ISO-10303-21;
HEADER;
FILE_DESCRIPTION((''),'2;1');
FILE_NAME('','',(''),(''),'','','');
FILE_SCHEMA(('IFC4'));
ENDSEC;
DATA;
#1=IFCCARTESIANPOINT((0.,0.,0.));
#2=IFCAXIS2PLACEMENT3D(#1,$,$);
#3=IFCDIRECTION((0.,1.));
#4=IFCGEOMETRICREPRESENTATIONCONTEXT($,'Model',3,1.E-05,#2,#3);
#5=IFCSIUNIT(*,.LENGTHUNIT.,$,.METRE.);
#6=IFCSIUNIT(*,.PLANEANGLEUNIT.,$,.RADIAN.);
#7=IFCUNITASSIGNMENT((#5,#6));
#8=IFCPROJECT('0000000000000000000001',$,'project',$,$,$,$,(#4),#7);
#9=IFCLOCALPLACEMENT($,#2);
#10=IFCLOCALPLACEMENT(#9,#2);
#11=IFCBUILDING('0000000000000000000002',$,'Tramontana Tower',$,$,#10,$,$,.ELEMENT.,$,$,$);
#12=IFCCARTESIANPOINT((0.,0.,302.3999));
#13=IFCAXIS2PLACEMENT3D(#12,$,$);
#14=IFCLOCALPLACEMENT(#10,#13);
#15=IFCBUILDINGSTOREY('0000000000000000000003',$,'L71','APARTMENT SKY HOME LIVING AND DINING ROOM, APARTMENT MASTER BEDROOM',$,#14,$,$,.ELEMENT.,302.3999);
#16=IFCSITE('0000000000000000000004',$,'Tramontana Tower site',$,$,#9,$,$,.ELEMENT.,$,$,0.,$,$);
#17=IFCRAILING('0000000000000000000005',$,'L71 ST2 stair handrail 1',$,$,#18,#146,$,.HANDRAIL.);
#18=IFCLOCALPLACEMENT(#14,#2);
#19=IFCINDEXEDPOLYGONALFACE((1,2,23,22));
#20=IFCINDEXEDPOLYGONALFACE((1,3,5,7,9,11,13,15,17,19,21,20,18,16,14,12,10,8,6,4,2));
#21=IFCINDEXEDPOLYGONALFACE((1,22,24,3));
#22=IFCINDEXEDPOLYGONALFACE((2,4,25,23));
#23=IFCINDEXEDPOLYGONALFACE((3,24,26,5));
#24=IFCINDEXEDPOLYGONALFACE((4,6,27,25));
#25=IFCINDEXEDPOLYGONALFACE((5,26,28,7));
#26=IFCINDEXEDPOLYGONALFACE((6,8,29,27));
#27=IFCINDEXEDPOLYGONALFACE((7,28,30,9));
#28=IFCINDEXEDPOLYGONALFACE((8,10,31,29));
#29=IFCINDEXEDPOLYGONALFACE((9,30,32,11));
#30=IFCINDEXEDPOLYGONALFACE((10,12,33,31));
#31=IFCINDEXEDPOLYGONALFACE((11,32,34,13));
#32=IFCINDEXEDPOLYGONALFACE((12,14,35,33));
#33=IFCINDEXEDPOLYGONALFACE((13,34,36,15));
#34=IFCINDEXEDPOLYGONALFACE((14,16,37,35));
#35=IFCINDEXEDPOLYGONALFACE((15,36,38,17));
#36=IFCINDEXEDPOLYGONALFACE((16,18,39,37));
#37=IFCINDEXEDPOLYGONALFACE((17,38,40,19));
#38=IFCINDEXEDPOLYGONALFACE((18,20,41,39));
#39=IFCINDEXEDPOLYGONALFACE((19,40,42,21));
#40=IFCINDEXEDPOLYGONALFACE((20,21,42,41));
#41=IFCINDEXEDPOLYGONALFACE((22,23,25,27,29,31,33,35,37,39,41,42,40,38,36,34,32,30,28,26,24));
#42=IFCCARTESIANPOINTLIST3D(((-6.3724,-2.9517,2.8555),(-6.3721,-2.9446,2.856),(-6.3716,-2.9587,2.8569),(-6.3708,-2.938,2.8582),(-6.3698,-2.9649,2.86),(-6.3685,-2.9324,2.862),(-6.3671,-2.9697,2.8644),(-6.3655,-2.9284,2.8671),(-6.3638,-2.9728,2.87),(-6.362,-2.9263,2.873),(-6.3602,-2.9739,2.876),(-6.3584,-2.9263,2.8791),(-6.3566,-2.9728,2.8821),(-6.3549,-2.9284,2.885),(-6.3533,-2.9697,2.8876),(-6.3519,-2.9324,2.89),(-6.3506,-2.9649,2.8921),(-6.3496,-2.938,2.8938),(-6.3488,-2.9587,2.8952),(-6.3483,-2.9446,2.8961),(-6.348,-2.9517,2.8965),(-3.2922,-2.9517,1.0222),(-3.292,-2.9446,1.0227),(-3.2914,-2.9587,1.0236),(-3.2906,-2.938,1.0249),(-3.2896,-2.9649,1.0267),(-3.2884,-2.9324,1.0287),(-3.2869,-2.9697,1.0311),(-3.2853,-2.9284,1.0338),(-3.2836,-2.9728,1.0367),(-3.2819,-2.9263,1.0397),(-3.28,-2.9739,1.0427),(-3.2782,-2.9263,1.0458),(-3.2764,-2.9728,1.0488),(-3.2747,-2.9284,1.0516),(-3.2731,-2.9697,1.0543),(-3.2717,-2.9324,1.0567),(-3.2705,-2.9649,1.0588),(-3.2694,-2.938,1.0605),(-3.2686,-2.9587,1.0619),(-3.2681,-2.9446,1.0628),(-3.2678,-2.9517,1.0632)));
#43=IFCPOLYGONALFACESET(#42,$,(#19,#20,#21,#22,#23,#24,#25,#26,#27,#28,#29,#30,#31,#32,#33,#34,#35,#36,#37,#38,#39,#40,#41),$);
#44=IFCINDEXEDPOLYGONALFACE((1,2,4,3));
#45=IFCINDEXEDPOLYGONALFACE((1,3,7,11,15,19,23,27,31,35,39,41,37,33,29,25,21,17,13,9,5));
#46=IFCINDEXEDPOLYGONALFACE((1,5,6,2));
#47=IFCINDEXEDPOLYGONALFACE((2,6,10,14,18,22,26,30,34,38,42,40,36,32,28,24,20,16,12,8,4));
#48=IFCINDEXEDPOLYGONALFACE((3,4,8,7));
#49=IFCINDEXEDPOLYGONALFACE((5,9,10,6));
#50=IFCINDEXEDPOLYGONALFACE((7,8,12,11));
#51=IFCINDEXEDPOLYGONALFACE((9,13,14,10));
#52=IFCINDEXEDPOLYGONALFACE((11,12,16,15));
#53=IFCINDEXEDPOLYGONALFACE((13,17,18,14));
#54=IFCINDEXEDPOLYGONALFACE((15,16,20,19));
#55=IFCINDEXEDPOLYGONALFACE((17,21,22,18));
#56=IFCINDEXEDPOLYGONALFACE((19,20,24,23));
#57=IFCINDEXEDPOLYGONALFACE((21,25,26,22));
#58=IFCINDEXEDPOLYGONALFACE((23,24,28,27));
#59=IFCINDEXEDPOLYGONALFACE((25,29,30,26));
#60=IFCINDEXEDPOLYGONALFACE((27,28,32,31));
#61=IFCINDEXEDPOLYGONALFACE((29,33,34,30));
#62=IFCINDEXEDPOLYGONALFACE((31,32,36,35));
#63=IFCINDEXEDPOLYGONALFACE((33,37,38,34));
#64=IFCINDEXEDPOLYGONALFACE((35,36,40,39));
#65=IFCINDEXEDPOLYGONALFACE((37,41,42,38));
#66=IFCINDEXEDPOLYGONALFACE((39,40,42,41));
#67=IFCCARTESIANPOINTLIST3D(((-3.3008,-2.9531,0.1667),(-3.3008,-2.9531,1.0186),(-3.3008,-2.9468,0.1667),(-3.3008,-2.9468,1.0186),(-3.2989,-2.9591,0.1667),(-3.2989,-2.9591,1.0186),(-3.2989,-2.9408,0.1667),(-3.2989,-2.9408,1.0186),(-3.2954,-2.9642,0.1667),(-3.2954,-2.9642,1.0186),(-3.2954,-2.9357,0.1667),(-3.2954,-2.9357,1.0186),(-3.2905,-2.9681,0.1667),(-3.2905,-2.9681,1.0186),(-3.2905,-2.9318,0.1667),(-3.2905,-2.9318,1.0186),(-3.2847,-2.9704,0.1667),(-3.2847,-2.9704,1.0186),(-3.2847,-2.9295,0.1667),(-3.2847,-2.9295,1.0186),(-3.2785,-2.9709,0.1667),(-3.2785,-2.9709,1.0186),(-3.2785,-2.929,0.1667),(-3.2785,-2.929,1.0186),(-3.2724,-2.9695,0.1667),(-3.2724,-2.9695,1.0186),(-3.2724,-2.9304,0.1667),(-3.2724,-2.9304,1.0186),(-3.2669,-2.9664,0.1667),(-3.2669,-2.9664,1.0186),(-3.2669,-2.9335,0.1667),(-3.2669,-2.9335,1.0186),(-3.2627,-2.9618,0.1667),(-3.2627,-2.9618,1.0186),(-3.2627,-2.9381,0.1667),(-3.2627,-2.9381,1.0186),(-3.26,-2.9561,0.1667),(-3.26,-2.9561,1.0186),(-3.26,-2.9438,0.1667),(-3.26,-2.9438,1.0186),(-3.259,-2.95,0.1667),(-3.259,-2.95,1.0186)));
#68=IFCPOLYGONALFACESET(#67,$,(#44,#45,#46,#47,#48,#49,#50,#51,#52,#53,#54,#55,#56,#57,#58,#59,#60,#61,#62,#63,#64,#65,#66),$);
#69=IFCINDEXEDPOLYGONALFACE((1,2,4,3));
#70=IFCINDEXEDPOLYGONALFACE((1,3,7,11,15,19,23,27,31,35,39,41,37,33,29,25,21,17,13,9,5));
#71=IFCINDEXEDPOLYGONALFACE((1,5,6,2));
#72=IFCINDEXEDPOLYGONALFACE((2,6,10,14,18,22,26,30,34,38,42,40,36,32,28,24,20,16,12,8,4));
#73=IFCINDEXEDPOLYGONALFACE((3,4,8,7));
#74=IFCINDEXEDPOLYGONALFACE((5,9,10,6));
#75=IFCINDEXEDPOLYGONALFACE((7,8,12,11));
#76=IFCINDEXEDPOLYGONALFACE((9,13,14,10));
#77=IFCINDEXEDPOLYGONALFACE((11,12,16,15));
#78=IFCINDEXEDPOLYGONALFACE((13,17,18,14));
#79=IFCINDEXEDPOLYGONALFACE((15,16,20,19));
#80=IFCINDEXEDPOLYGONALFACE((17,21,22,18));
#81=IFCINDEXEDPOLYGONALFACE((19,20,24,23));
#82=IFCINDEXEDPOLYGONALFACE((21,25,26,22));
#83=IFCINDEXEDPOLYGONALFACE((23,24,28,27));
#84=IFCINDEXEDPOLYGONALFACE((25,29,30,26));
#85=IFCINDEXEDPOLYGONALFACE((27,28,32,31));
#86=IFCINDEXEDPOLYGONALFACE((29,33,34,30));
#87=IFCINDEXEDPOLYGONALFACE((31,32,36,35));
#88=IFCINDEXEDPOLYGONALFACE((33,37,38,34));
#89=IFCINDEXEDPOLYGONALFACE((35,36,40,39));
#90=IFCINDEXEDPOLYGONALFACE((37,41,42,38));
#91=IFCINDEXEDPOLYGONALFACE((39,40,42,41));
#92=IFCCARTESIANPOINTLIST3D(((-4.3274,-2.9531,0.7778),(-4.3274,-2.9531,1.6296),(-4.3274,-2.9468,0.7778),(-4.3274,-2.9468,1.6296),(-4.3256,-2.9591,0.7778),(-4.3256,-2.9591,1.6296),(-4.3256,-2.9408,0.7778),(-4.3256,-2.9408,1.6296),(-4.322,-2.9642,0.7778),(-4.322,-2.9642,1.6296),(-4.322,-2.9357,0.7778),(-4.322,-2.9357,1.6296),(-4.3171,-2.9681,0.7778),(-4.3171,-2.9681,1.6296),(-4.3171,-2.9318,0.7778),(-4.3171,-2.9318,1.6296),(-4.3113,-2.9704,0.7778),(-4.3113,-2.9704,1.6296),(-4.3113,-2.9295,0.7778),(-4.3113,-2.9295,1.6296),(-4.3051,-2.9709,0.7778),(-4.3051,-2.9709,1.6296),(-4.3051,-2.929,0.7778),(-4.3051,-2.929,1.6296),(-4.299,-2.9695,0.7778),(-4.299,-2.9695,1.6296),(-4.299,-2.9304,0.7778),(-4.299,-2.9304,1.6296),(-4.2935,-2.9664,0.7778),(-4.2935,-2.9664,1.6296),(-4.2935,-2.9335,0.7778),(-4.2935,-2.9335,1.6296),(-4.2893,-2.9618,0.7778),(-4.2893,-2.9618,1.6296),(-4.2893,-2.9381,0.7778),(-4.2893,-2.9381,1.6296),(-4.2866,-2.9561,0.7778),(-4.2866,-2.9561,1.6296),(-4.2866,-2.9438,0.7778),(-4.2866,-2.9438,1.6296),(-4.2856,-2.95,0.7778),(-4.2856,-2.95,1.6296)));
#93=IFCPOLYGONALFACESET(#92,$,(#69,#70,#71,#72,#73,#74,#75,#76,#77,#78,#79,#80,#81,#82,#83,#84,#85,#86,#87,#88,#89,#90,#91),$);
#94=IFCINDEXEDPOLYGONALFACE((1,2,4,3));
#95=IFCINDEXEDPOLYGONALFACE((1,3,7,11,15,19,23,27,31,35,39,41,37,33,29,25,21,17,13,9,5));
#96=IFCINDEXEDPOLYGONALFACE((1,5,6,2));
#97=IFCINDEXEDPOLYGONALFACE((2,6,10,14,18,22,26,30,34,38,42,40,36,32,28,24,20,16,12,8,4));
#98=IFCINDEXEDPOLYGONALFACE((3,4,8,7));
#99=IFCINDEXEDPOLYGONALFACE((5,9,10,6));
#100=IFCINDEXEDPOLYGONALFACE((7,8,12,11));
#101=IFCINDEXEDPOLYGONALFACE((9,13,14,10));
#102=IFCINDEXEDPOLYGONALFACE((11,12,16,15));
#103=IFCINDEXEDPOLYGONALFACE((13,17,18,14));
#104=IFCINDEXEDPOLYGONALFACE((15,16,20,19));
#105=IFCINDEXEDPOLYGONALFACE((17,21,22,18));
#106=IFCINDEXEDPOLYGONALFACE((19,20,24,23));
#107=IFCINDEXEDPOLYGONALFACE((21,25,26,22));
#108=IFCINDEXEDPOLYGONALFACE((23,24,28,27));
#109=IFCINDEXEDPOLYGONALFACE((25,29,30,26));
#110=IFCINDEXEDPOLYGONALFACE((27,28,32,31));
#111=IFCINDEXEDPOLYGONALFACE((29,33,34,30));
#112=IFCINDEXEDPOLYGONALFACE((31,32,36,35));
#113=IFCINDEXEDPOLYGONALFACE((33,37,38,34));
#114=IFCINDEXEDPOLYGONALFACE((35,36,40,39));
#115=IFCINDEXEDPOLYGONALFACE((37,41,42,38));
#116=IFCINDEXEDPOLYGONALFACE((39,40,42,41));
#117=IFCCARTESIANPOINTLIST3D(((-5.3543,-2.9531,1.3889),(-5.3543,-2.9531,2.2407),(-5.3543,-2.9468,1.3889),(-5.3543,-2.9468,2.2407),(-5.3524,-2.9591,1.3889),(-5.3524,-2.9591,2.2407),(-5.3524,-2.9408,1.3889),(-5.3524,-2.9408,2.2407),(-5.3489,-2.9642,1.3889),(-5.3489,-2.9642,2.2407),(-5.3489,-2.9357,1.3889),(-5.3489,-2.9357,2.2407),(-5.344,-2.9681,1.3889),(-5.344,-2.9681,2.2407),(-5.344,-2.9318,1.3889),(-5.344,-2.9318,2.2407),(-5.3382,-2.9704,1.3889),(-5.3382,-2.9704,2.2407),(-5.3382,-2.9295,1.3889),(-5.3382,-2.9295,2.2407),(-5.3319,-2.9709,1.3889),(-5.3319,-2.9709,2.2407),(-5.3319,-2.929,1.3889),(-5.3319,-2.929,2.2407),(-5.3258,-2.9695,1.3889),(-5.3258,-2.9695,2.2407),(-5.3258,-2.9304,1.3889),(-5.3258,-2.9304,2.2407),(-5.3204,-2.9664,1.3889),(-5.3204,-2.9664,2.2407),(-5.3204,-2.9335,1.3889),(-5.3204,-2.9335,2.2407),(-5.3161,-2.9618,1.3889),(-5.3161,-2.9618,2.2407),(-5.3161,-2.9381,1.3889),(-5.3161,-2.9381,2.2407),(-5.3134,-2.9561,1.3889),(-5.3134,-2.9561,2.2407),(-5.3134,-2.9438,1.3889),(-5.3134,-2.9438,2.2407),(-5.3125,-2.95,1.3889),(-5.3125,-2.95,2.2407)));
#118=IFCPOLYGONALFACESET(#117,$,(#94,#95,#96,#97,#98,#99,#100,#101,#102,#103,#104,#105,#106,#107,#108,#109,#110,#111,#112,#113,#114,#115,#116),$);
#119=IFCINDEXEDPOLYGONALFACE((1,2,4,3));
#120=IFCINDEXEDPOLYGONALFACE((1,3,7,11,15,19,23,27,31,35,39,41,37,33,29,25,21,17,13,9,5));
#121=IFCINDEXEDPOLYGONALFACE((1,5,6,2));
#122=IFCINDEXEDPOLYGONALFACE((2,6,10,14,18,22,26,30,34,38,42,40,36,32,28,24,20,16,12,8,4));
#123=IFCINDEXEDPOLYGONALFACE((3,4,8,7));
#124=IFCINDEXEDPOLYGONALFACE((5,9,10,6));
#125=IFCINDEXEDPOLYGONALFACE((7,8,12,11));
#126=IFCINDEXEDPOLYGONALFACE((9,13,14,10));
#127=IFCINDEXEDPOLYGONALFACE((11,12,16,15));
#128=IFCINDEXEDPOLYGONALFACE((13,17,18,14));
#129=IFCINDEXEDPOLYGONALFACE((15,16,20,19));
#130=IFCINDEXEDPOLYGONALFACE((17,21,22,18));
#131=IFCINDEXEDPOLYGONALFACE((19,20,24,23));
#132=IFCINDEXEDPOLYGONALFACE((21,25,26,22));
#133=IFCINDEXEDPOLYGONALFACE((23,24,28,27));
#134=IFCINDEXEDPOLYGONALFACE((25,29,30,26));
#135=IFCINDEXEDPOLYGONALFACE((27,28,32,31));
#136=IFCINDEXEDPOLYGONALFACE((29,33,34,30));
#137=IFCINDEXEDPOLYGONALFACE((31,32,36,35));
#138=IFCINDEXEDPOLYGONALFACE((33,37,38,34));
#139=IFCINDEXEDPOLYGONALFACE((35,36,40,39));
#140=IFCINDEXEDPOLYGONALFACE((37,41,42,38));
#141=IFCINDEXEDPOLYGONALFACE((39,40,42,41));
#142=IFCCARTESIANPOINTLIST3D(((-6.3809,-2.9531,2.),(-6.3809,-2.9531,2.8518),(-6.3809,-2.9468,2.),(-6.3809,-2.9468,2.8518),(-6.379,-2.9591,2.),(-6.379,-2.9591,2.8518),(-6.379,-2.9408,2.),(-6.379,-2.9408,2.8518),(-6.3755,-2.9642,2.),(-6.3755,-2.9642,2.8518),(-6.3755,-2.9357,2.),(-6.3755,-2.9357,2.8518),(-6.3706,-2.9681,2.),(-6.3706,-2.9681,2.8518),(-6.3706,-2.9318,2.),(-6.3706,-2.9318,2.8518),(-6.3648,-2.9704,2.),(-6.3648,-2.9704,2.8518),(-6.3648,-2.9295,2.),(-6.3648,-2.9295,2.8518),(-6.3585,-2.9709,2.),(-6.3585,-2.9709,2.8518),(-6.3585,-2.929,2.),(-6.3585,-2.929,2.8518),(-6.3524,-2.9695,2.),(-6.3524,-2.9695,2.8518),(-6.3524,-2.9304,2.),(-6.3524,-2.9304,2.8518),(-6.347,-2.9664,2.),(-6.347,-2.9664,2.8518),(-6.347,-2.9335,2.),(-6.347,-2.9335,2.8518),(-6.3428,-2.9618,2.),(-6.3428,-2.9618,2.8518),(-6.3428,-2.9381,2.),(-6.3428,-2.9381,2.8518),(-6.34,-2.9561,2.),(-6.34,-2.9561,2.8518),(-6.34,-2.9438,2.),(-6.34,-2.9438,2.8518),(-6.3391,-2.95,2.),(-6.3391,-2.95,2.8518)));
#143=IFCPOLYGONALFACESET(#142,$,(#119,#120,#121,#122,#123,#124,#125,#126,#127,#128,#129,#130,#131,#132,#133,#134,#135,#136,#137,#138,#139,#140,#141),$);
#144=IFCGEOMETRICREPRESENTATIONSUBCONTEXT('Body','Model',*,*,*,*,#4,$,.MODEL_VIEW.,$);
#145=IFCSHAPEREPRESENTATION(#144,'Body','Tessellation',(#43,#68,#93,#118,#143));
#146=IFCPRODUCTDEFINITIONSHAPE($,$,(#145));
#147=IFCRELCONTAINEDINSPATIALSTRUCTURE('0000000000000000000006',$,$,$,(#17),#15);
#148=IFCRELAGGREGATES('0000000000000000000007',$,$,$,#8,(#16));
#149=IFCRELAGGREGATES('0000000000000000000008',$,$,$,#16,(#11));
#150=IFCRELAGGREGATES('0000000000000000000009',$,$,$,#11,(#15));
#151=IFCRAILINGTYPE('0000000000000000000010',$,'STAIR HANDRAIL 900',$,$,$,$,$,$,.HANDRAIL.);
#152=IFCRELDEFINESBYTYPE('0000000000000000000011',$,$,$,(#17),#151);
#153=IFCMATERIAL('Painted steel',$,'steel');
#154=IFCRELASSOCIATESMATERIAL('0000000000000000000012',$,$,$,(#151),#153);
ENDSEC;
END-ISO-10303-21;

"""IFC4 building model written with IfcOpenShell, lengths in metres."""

from ifc_helpers import new_model, si_unit, direction, frame, origin, origin_2d, place, context, subcontext, project, spatial, circle, extrude, material, type_object, element, save


model = new_model("IFC4")

# Units and contexts
model_context = context("Model", 3, precision=1e-05, world=origin(), true_north=direction((0.0, 1.0)))
body_context = subcontext(model_context, "Body", "Model", "MODEL_VIEW")
ifc_project = project(units=[si_unit("LENGTHUNIT", "METRE"), si_unit("PLANEANGLEUNIT", "RADIAN")], contexts=[model_context])

# Site, building, storey
site_placement = place(None, origin())
site = spatial("IfcSite", under=ifc_project, at=site_placement, Name="Tramontana Tower site", CompositionType="ELEMENT", RefElevation=0.0)
building_placement = place(site_placement, origin())
building = spatial("IfcBuilding", under=site, at=building_placement, Name="Tramontana Tower", CompositionType="ELEMENT")
storey_placement = place(building_placement, frame((0.0, 0.0, 302.3999)))
storey = spatial("IfcBuildingStorey", under=building, at=storey_placement, Name="L71", Description="APARTMENT SKY HOME LIVING AND DINING ROOM, APARTMENT MASTER BEDROOM", CompositionType="ELEMENT", Elevation=302.3999)

# Railing
ifc_material_1 = material(Name="Painted steel", Category="steel")
railing_type_1 = type_object("IfcRailingType", Name="STAIR HANDRAIL 900", PredefinedType="HANDRAIL", material=ifc_material_1)
railing_1_placement = place(storey_placement, frame((-3.28, -2.95, 0.1667)))
element("IfcRailing", 1, at=railing_1_placement, inside=storey, type_object=railing_type_1, Name="L71 ST2 stair handrail 1", PredefinedType="HANDRAIL", context=body_context, shape_type="SweptSolid", body=[
    extrude(circle(Radius=0.0239, at=origin_2d()), frame((0.0, 0.0, 0.876), z_axis=(-0.859309, 0.0, 0.511458), x_axis=(0.0, -1.0, 0.0)), (0.0, 0.0, 1.0), 3.5845),
    extrude(circle(Radius=0.021, at=origin_2d()), origin(), (0.0, 0.0, 1.0), 0.8518),
    extrude(circle(Radius=0.021, at=origin_2d()), frame((-1.0266, 0.0, 0.6111)), (0.0, 0.0, 1.0), 0.8518),
    extrude(circle(Radius=0.021, at=origin_2d()), frame((-2.0535, 0.0, 1.2222)), (0.0, 0.0, 1.0), 0.8518),
    extrude(circle(Radius=0.021, at=origin_2d()), frame((-3.0801, 0.0, 1.8333)), (0.0, 0.0, 1.0), 0.8518),
])

save(model, "model.ifc")
